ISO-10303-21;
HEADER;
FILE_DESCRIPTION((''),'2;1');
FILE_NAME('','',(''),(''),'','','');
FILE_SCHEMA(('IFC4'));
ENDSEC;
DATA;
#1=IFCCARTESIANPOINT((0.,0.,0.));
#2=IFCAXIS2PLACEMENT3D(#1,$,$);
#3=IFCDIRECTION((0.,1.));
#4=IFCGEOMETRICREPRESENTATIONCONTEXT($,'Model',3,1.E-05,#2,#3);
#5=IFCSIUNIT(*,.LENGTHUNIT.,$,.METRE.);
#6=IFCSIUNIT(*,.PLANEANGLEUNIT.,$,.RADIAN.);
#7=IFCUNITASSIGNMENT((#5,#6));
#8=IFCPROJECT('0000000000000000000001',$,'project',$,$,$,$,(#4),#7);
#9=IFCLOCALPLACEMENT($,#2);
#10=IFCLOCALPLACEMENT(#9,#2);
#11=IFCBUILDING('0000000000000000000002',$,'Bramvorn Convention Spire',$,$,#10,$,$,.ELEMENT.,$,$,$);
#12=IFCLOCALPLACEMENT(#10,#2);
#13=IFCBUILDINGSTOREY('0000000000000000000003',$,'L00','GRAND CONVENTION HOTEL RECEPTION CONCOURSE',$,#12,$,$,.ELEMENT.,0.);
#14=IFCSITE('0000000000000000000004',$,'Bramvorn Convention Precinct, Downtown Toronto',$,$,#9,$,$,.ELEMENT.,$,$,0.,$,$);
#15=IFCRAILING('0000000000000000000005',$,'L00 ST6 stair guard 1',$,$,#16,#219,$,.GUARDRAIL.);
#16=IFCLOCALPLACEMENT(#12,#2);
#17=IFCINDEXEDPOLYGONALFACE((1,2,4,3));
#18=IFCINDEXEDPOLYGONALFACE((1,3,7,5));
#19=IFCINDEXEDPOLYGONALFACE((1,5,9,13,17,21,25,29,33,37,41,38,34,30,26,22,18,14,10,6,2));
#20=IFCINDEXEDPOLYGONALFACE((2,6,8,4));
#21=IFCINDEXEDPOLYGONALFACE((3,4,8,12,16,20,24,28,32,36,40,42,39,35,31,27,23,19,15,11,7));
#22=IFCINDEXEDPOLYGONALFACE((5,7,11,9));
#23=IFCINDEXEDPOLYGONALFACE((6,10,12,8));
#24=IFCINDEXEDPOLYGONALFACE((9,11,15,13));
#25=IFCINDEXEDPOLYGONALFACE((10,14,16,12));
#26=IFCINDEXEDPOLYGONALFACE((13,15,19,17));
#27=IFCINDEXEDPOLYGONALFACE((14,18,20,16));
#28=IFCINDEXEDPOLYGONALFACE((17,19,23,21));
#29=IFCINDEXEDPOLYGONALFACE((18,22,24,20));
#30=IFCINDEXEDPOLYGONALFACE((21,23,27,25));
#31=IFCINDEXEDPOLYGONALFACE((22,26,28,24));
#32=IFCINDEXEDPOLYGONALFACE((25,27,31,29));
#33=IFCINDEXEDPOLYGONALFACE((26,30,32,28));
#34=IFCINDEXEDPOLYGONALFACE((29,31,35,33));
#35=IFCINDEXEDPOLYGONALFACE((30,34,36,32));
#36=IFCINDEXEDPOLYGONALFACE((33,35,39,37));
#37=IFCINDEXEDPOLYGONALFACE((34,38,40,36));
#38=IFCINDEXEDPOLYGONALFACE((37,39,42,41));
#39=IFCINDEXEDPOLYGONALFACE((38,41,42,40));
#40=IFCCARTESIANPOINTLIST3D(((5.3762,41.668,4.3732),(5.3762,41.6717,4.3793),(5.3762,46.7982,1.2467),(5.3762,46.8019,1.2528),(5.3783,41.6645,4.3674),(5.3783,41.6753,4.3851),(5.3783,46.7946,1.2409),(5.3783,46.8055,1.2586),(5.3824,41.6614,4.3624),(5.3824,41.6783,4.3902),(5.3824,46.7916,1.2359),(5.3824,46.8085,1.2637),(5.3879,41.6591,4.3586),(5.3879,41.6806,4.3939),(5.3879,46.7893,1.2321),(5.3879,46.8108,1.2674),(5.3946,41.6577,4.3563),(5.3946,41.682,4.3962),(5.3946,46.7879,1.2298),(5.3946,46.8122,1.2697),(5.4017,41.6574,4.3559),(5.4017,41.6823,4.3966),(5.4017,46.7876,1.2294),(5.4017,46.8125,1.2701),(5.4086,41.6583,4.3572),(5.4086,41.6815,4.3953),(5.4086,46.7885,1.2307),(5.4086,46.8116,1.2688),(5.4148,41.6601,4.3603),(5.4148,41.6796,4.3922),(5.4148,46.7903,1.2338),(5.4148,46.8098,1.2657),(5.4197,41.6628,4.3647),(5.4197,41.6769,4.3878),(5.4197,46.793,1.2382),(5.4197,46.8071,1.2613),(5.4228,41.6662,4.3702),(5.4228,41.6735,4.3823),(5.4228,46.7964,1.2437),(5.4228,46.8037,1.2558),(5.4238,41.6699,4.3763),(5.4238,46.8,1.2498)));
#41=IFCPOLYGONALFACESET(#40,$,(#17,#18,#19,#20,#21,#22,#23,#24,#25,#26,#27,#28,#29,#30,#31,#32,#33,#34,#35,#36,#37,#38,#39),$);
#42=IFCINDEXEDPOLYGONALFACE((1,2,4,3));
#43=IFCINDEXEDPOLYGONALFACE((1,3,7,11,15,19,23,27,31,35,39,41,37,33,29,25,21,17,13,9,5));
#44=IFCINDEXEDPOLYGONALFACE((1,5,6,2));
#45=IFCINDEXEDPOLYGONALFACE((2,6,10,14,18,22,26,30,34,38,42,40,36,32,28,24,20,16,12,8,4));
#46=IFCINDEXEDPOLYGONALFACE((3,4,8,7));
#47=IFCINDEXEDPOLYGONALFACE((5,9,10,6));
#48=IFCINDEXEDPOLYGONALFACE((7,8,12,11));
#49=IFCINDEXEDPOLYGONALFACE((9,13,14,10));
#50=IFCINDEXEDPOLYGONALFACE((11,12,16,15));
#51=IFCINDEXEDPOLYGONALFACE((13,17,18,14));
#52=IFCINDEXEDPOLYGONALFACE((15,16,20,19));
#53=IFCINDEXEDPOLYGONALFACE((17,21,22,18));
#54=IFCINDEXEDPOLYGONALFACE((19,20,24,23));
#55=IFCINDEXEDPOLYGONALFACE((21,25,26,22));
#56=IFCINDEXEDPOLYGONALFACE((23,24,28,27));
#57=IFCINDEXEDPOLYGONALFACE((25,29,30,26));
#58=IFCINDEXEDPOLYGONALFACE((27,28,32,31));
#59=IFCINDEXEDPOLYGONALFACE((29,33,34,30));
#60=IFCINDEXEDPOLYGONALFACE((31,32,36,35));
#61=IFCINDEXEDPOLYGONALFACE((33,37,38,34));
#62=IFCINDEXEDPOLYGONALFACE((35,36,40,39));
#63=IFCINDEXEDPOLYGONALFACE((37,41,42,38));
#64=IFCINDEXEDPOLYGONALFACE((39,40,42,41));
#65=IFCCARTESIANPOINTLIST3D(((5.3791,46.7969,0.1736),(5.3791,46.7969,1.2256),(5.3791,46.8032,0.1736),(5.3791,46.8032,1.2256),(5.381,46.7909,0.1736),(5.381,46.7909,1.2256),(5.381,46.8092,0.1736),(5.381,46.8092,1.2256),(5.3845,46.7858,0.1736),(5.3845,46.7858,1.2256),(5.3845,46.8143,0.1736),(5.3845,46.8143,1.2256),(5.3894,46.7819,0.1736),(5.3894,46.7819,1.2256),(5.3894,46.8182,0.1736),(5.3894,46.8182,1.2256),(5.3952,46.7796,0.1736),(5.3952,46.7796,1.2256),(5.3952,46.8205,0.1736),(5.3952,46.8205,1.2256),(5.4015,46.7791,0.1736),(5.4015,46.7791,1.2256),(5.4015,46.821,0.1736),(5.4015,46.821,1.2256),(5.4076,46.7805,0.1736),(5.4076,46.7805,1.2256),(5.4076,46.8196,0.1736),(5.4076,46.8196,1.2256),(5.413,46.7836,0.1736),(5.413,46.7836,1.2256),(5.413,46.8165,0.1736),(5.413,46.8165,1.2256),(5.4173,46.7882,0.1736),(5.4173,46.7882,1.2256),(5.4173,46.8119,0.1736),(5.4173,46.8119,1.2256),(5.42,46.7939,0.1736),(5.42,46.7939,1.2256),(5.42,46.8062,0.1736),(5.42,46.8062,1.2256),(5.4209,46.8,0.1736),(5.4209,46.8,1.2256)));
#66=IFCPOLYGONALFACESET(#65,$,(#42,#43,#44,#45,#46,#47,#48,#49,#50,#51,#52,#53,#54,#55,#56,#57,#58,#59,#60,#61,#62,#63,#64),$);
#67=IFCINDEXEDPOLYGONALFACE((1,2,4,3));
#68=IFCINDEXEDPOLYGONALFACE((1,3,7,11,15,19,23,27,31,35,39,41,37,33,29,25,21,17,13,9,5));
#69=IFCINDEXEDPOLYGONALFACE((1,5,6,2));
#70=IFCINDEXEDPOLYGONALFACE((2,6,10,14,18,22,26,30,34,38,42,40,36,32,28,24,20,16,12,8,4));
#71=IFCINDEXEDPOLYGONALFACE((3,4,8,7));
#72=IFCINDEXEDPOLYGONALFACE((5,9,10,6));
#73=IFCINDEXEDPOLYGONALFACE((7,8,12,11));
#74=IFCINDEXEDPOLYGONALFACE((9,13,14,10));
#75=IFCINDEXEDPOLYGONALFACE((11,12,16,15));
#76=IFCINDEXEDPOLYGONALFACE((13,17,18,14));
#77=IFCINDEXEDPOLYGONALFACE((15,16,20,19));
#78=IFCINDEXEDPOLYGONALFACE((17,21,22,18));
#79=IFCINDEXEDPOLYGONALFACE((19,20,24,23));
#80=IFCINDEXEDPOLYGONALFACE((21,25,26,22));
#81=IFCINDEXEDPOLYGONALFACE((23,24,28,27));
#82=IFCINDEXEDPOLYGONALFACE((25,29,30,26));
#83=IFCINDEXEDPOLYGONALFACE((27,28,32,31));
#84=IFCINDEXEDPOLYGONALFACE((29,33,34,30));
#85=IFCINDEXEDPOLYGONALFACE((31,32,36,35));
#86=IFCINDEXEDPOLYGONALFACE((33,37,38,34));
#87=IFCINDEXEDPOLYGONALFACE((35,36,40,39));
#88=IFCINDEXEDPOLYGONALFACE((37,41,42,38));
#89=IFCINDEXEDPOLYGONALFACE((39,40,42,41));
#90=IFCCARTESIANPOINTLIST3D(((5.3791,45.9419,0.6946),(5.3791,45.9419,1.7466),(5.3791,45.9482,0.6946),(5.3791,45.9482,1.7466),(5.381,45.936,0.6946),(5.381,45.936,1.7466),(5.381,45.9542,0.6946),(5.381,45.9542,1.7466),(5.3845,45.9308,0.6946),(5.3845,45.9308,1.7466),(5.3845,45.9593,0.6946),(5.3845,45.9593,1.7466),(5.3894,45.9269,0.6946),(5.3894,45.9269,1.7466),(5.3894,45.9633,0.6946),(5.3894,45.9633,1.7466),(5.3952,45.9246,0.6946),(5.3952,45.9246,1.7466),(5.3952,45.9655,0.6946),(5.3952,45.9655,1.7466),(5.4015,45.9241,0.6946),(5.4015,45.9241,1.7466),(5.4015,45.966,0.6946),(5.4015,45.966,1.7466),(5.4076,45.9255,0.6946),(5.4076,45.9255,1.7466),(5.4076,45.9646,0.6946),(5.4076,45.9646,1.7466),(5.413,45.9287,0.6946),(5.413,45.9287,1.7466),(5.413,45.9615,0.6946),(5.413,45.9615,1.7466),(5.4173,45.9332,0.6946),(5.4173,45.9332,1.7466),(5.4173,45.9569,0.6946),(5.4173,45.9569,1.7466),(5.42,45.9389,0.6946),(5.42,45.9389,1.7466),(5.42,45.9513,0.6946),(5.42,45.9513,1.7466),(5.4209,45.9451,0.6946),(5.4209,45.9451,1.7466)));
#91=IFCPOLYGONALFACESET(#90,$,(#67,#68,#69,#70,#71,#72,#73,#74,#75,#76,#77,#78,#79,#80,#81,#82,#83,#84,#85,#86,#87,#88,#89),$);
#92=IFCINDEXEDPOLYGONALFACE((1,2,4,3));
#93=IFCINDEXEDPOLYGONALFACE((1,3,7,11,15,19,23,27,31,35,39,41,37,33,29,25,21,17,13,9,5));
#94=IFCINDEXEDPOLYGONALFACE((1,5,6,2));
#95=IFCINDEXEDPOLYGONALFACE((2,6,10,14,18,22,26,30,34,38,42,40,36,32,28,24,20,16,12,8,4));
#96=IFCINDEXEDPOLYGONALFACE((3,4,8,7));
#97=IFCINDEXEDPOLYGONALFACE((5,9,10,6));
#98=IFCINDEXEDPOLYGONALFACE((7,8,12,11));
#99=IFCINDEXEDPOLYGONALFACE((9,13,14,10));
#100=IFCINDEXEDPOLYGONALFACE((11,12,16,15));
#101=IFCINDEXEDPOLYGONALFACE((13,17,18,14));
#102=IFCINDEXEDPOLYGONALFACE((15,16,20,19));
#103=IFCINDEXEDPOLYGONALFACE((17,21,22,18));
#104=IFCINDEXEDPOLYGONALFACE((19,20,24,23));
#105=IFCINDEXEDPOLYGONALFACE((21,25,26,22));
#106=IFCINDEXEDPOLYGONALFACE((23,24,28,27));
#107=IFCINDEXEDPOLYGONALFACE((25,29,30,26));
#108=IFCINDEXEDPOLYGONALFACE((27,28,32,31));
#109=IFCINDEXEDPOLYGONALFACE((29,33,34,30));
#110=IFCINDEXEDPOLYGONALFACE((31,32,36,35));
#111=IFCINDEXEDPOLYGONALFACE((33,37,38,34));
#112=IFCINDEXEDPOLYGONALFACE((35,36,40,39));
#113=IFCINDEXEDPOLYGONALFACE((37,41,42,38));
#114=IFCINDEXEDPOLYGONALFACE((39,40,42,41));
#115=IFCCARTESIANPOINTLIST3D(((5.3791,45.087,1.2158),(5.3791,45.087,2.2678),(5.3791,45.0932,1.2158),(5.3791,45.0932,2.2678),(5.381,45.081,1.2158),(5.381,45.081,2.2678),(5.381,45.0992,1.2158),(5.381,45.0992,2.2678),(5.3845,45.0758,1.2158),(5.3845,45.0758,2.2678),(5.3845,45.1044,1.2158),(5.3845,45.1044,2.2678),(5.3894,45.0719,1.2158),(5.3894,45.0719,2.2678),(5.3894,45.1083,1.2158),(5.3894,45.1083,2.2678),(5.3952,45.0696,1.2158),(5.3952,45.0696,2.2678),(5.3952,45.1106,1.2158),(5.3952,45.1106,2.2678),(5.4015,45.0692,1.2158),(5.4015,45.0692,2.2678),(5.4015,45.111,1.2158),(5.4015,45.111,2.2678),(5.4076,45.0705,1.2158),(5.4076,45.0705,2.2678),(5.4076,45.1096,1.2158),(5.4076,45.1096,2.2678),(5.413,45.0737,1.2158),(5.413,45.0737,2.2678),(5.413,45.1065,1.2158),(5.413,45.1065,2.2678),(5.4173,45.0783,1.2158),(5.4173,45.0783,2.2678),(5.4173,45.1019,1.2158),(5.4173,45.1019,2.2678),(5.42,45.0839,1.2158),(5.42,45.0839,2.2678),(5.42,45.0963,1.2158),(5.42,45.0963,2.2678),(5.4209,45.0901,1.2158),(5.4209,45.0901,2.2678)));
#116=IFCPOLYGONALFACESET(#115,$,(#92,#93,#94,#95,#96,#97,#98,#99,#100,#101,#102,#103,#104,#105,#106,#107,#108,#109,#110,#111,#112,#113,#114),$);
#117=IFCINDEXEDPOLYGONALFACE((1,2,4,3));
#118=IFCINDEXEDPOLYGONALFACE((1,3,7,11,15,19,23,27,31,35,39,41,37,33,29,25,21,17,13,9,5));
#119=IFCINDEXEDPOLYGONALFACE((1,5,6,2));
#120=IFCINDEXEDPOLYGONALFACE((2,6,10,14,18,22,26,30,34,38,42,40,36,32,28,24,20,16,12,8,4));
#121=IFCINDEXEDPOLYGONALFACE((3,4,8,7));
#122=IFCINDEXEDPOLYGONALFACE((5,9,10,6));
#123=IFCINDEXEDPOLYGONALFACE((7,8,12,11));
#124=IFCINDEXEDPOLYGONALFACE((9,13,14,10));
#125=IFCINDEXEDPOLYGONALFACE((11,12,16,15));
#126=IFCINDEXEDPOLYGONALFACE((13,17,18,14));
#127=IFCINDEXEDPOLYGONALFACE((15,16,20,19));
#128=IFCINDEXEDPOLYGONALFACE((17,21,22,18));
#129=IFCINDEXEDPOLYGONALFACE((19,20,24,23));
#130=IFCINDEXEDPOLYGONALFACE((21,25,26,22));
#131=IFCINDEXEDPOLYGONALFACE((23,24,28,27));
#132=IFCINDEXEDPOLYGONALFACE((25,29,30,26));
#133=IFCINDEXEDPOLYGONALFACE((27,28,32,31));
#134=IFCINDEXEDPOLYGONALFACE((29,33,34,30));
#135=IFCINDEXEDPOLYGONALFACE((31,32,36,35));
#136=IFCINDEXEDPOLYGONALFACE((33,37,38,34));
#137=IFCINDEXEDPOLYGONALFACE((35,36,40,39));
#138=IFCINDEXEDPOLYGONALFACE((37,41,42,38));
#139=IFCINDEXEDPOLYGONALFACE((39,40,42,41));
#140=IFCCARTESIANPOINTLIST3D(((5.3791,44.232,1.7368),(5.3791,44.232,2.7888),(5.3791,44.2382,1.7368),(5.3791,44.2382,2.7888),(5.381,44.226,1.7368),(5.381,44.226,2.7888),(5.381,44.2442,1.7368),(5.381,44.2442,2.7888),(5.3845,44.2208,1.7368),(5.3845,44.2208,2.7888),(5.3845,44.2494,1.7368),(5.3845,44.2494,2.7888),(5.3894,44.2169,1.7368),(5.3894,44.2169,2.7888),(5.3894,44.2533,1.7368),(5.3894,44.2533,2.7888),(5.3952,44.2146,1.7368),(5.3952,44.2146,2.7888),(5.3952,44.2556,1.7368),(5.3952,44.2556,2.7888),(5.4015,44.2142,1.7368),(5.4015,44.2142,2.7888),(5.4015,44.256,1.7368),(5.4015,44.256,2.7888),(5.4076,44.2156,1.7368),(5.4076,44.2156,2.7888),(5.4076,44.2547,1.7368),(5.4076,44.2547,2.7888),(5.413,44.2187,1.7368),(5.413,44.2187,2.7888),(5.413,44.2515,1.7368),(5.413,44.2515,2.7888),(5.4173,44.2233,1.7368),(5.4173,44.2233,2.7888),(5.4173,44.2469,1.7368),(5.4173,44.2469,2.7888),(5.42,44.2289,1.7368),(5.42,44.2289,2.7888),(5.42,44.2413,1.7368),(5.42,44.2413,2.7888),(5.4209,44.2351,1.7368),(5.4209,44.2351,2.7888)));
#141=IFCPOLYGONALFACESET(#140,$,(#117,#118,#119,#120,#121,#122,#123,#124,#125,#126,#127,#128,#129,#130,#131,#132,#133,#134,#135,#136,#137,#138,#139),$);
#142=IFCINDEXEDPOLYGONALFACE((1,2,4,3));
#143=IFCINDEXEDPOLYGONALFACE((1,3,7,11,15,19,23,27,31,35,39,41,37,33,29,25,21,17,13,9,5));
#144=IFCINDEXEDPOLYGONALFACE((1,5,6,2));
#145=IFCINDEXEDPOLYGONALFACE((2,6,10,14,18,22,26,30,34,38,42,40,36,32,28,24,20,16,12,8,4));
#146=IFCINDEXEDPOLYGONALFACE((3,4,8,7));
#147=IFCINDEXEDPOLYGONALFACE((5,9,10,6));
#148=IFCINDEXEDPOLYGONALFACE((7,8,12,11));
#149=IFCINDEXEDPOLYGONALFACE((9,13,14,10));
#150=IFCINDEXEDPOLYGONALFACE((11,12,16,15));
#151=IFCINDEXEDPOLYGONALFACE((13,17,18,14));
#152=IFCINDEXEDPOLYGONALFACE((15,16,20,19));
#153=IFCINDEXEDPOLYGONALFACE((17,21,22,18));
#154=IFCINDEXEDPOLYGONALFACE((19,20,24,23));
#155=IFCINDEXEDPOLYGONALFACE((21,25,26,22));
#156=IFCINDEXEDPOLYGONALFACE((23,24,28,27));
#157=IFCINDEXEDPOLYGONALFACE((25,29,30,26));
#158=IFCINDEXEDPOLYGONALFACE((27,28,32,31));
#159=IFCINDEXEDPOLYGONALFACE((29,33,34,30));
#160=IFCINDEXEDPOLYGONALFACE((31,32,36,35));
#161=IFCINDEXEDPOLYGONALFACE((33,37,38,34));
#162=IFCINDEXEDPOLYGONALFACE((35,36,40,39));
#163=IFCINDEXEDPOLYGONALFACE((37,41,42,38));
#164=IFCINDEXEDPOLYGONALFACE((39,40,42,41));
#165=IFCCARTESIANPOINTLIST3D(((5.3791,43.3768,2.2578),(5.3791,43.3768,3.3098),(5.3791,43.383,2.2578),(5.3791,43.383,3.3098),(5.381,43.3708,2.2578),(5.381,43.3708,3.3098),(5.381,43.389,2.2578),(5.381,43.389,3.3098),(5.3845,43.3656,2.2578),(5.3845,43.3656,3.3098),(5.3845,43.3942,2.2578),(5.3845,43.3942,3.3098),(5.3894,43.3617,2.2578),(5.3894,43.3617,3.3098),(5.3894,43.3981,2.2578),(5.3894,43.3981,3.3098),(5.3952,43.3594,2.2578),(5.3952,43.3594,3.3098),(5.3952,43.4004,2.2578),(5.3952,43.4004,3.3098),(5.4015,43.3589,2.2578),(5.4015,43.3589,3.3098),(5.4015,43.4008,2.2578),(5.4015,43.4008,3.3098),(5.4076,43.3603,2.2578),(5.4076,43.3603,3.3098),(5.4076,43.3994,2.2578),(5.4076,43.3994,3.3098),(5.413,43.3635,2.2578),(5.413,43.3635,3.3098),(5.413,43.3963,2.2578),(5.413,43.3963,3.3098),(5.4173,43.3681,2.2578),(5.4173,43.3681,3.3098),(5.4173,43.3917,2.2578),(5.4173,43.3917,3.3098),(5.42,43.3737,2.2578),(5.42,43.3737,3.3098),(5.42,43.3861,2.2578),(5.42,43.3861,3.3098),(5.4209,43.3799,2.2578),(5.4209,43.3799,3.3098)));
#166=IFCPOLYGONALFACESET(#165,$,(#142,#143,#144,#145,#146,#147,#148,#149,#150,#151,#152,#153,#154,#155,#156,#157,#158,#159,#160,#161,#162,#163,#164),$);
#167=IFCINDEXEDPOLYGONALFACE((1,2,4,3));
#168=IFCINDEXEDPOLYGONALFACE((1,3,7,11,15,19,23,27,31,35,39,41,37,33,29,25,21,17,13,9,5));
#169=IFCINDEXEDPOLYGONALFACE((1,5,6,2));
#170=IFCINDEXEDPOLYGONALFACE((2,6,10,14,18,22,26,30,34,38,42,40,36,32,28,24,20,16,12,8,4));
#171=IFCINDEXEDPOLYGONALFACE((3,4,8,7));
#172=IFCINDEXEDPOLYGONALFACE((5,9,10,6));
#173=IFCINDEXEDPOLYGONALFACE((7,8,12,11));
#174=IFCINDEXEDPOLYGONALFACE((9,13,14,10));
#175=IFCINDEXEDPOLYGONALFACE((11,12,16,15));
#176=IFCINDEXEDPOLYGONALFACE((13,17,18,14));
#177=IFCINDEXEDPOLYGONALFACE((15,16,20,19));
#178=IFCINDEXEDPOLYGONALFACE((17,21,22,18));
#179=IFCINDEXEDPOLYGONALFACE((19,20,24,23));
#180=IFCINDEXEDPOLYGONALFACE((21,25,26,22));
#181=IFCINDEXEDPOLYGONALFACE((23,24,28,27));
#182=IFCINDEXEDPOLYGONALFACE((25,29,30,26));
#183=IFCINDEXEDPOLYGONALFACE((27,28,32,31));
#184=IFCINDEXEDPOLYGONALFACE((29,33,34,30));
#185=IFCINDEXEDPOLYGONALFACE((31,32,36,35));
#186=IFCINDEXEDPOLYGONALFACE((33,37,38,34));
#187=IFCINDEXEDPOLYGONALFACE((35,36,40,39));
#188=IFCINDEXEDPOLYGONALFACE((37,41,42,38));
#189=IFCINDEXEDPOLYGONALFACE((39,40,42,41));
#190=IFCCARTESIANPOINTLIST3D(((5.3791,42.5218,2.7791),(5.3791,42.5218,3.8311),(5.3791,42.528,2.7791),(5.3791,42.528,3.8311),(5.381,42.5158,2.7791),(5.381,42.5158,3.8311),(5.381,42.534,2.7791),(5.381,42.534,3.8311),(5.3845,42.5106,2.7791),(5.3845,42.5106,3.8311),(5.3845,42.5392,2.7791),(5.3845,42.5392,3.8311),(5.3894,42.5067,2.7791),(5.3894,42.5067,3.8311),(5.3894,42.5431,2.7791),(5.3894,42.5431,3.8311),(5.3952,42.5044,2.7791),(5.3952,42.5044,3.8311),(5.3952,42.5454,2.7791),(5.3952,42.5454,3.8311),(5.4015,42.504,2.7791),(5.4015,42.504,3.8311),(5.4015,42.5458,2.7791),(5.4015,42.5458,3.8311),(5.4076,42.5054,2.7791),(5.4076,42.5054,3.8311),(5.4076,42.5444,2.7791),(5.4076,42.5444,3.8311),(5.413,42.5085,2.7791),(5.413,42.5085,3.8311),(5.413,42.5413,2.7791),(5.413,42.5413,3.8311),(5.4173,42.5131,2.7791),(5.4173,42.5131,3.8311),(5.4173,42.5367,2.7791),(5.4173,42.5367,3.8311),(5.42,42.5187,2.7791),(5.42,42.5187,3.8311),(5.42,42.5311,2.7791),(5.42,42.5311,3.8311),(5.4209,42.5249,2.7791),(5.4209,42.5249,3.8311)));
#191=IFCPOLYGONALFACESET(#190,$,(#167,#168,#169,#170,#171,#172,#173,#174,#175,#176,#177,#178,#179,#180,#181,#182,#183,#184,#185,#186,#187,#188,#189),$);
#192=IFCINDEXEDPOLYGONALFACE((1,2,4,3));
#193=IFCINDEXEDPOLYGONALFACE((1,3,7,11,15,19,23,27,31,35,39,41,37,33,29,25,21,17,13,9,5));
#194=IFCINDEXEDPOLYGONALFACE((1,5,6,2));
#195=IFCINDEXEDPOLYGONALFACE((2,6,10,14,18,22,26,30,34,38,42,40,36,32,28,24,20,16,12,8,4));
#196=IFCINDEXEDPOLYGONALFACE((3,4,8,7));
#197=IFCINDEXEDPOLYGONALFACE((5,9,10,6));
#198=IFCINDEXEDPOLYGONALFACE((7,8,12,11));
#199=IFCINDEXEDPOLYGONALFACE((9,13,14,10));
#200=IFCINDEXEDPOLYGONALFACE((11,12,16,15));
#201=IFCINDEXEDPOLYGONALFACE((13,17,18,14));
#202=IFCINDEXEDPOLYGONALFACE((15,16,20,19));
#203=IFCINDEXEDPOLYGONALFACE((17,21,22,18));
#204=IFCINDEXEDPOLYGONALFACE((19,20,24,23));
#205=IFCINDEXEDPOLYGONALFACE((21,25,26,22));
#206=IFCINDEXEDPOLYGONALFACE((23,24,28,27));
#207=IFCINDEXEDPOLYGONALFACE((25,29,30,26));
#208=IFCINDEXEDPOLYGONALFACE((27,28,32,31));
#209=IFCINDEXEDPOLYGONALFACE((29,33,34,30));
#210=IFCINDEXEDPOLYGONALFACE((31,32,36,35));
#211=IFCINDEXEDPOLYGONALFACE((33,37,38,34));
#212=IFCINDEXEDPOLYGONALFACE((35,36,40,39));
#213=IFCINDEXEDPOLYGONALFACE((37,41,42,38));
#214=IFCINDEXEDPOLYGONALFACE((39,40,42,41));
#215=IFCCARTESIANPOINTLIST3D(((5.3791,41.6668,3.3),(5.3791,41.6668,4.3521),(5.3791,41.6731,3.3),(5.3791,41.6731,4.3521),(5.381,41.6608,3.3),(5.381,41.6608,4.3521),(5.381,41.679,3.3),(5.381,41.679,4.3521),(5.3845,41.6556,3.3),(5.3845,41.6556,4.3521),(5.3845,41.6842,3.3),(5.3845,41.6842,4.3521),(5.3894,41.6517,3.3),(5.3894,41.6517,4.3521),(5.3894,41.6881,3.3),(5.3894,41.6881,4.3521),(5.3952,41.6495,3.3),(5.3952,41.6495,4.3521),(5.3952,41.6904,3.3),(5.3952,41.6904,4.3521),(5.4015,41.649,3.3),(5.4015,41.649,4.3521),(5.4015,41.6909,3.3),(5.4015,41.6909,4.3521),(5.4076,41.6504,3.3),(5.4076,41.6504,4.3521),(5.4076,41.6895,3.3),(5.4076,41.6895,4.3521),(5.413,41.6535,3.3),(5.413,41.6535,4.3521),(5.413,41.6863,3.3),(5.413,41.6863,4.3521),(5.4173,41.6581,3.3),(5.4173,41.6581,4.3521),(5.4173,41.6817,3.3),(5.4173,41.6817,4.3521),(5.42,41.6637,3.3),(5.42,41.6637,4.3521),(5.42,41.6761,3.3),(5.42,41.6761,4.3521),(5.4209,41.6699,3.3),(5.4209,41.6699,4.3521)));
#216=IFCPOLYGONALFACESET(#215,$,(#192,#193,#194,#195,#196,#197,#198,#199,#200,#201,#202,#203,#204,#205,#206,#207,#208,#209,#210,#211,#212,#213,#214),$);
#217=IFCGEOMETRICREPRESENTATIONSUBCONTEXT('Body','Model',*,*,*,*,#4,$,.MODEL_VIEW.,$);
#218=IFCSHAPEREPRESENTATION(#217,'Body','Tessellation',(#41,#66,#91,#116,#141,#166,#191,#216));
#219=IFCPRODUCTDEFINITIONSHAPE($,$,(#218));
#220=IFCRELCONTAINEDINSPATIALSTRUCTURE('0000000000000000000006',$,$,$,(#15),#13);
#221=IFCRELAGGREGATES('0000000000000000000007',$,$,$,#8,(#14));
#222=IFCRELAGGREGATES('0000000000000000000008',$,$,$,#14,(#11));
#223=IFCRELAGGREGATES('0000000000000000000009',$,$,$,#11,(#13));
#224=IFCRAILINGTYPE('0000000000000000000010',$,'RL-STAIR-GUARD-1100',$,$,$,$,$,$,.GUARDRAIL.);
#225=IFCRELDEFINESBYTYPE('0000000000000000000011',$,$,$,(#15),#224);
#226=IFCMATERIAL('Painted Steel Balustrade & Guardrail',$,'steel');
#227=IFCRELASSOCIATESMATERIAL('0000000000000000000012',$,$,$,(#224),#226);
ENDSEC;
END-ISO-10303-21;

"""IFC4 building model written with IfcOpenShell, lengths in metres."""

from ifc_helpers import new_model, si_unit, direction, frame, origin, origin_2d, place, context, subcontext, project, spatial, circle, extrude, material, type_object, element, save


model = new_model("IFC4")

# Units and contexts
model_context = context("Model", 3, precision=1e-05, world=origin(), true_north=direction((0.0, 1.0)))
body_context = subcontext(model_context, "Body", "Model", "MODEL_VIEW")
ifc_project = project(units=[si_unit("LENGTHUNIT", "METRE"), si_unit("PLANEANGLEUNIT", "RADIAN")], contexts=[model_context])

# Site, building, storey
site_placement = place(None, origin())
site = spatial("IfcSite", under=ifc_project, at=site_placement, Name="Bramvorn Convention Precinct, Downtown Toronto", CompositionType="ELEMENT", RefElevation=0.0)
building_placement = place(site_placement, origin())
building = spatial("IfcBuilding", under=site, at=building_placement, Name="Bramvorn Convention Spire", CompositionType="ELEMENT")
storey_placement = place(building_placement, origin())
storey = spatial("IfcBuildingStorey", under=building, at=storey_placement, Name="L00", Description="GRAND CONVENTION HOTEL RECEPTION CONCOURSE", CompositionType="ELEMENT", Elevation=0.0)

# Railing
ifc_material_1 = material(Name="Painted Steel Balustrade & Guardrail", Category="steel")
railing_type_1 = type_object("IfcRailingType", Name="RL-STAIR-GUARD-1100", PredefinedType="GUARDRAIL", material=ifc_material_1)
railing_1_placement = place(storey_placement, frame((5.3999, 46.8, 0.1736)))
element("IfcRailing", 1, at=railing_1_placement, inside=storey, type_object=railing_type_1, Name="L00 ST6 stair guard 1", PredefinedType="GUARDRAIL", context=body_context, shape_type="SweptSolid", body=[
    extrude(circle(Radius=0.0239, at=origin_2d()), frame((0.0, 0.0, 1.0762), z_axis=(0.0, -0.853919, 0.520406), x_axis=(1.0, 0.0, 0.0)), (0.0, 0.0, 1.0), 6.0078),
    extrude(circle(Radius=0.021, at=origin_2d()), origin(), (0.0, 0.0, 1.0), 1.052),
    extrude(circle(Radius=0.021, at=origin_2d()), frame((0.0, -0.855, 0.521)), (0.0, 0.0, 1.0), 1.052),
    extrude(circle(Radius=0.021, at=origin_2d()), frame((0.0, -1.71, 1.0422)), (0.0, 0.0, 1.0), 1.052),
    extrude(circle(Radius=0.021, at=origin_2d()), frame((0.0, -2.5649, 1.5632)), (0.0, 0.0, 1.0), 1.052),
    extrude(circle(Radius=0.021, at=origin_2d()), frame((0.0, -3.4202, 2.0842)), (0.0, 0.0, 1.0), 1.052),
    extrude(circle(Radius=0.021, at=origin_2d()), frame((0.0, -4.2751, 2.6055)), (0.0, 0.0, 1.0), 1.052),
    extrude(circle(Radius=0.021, at=origin_2d()), frame((0.0, -5.1301, 3.1265)), (0.0, 0.0, 1.0), 1.052),
])

save(model, "model.ifc")
